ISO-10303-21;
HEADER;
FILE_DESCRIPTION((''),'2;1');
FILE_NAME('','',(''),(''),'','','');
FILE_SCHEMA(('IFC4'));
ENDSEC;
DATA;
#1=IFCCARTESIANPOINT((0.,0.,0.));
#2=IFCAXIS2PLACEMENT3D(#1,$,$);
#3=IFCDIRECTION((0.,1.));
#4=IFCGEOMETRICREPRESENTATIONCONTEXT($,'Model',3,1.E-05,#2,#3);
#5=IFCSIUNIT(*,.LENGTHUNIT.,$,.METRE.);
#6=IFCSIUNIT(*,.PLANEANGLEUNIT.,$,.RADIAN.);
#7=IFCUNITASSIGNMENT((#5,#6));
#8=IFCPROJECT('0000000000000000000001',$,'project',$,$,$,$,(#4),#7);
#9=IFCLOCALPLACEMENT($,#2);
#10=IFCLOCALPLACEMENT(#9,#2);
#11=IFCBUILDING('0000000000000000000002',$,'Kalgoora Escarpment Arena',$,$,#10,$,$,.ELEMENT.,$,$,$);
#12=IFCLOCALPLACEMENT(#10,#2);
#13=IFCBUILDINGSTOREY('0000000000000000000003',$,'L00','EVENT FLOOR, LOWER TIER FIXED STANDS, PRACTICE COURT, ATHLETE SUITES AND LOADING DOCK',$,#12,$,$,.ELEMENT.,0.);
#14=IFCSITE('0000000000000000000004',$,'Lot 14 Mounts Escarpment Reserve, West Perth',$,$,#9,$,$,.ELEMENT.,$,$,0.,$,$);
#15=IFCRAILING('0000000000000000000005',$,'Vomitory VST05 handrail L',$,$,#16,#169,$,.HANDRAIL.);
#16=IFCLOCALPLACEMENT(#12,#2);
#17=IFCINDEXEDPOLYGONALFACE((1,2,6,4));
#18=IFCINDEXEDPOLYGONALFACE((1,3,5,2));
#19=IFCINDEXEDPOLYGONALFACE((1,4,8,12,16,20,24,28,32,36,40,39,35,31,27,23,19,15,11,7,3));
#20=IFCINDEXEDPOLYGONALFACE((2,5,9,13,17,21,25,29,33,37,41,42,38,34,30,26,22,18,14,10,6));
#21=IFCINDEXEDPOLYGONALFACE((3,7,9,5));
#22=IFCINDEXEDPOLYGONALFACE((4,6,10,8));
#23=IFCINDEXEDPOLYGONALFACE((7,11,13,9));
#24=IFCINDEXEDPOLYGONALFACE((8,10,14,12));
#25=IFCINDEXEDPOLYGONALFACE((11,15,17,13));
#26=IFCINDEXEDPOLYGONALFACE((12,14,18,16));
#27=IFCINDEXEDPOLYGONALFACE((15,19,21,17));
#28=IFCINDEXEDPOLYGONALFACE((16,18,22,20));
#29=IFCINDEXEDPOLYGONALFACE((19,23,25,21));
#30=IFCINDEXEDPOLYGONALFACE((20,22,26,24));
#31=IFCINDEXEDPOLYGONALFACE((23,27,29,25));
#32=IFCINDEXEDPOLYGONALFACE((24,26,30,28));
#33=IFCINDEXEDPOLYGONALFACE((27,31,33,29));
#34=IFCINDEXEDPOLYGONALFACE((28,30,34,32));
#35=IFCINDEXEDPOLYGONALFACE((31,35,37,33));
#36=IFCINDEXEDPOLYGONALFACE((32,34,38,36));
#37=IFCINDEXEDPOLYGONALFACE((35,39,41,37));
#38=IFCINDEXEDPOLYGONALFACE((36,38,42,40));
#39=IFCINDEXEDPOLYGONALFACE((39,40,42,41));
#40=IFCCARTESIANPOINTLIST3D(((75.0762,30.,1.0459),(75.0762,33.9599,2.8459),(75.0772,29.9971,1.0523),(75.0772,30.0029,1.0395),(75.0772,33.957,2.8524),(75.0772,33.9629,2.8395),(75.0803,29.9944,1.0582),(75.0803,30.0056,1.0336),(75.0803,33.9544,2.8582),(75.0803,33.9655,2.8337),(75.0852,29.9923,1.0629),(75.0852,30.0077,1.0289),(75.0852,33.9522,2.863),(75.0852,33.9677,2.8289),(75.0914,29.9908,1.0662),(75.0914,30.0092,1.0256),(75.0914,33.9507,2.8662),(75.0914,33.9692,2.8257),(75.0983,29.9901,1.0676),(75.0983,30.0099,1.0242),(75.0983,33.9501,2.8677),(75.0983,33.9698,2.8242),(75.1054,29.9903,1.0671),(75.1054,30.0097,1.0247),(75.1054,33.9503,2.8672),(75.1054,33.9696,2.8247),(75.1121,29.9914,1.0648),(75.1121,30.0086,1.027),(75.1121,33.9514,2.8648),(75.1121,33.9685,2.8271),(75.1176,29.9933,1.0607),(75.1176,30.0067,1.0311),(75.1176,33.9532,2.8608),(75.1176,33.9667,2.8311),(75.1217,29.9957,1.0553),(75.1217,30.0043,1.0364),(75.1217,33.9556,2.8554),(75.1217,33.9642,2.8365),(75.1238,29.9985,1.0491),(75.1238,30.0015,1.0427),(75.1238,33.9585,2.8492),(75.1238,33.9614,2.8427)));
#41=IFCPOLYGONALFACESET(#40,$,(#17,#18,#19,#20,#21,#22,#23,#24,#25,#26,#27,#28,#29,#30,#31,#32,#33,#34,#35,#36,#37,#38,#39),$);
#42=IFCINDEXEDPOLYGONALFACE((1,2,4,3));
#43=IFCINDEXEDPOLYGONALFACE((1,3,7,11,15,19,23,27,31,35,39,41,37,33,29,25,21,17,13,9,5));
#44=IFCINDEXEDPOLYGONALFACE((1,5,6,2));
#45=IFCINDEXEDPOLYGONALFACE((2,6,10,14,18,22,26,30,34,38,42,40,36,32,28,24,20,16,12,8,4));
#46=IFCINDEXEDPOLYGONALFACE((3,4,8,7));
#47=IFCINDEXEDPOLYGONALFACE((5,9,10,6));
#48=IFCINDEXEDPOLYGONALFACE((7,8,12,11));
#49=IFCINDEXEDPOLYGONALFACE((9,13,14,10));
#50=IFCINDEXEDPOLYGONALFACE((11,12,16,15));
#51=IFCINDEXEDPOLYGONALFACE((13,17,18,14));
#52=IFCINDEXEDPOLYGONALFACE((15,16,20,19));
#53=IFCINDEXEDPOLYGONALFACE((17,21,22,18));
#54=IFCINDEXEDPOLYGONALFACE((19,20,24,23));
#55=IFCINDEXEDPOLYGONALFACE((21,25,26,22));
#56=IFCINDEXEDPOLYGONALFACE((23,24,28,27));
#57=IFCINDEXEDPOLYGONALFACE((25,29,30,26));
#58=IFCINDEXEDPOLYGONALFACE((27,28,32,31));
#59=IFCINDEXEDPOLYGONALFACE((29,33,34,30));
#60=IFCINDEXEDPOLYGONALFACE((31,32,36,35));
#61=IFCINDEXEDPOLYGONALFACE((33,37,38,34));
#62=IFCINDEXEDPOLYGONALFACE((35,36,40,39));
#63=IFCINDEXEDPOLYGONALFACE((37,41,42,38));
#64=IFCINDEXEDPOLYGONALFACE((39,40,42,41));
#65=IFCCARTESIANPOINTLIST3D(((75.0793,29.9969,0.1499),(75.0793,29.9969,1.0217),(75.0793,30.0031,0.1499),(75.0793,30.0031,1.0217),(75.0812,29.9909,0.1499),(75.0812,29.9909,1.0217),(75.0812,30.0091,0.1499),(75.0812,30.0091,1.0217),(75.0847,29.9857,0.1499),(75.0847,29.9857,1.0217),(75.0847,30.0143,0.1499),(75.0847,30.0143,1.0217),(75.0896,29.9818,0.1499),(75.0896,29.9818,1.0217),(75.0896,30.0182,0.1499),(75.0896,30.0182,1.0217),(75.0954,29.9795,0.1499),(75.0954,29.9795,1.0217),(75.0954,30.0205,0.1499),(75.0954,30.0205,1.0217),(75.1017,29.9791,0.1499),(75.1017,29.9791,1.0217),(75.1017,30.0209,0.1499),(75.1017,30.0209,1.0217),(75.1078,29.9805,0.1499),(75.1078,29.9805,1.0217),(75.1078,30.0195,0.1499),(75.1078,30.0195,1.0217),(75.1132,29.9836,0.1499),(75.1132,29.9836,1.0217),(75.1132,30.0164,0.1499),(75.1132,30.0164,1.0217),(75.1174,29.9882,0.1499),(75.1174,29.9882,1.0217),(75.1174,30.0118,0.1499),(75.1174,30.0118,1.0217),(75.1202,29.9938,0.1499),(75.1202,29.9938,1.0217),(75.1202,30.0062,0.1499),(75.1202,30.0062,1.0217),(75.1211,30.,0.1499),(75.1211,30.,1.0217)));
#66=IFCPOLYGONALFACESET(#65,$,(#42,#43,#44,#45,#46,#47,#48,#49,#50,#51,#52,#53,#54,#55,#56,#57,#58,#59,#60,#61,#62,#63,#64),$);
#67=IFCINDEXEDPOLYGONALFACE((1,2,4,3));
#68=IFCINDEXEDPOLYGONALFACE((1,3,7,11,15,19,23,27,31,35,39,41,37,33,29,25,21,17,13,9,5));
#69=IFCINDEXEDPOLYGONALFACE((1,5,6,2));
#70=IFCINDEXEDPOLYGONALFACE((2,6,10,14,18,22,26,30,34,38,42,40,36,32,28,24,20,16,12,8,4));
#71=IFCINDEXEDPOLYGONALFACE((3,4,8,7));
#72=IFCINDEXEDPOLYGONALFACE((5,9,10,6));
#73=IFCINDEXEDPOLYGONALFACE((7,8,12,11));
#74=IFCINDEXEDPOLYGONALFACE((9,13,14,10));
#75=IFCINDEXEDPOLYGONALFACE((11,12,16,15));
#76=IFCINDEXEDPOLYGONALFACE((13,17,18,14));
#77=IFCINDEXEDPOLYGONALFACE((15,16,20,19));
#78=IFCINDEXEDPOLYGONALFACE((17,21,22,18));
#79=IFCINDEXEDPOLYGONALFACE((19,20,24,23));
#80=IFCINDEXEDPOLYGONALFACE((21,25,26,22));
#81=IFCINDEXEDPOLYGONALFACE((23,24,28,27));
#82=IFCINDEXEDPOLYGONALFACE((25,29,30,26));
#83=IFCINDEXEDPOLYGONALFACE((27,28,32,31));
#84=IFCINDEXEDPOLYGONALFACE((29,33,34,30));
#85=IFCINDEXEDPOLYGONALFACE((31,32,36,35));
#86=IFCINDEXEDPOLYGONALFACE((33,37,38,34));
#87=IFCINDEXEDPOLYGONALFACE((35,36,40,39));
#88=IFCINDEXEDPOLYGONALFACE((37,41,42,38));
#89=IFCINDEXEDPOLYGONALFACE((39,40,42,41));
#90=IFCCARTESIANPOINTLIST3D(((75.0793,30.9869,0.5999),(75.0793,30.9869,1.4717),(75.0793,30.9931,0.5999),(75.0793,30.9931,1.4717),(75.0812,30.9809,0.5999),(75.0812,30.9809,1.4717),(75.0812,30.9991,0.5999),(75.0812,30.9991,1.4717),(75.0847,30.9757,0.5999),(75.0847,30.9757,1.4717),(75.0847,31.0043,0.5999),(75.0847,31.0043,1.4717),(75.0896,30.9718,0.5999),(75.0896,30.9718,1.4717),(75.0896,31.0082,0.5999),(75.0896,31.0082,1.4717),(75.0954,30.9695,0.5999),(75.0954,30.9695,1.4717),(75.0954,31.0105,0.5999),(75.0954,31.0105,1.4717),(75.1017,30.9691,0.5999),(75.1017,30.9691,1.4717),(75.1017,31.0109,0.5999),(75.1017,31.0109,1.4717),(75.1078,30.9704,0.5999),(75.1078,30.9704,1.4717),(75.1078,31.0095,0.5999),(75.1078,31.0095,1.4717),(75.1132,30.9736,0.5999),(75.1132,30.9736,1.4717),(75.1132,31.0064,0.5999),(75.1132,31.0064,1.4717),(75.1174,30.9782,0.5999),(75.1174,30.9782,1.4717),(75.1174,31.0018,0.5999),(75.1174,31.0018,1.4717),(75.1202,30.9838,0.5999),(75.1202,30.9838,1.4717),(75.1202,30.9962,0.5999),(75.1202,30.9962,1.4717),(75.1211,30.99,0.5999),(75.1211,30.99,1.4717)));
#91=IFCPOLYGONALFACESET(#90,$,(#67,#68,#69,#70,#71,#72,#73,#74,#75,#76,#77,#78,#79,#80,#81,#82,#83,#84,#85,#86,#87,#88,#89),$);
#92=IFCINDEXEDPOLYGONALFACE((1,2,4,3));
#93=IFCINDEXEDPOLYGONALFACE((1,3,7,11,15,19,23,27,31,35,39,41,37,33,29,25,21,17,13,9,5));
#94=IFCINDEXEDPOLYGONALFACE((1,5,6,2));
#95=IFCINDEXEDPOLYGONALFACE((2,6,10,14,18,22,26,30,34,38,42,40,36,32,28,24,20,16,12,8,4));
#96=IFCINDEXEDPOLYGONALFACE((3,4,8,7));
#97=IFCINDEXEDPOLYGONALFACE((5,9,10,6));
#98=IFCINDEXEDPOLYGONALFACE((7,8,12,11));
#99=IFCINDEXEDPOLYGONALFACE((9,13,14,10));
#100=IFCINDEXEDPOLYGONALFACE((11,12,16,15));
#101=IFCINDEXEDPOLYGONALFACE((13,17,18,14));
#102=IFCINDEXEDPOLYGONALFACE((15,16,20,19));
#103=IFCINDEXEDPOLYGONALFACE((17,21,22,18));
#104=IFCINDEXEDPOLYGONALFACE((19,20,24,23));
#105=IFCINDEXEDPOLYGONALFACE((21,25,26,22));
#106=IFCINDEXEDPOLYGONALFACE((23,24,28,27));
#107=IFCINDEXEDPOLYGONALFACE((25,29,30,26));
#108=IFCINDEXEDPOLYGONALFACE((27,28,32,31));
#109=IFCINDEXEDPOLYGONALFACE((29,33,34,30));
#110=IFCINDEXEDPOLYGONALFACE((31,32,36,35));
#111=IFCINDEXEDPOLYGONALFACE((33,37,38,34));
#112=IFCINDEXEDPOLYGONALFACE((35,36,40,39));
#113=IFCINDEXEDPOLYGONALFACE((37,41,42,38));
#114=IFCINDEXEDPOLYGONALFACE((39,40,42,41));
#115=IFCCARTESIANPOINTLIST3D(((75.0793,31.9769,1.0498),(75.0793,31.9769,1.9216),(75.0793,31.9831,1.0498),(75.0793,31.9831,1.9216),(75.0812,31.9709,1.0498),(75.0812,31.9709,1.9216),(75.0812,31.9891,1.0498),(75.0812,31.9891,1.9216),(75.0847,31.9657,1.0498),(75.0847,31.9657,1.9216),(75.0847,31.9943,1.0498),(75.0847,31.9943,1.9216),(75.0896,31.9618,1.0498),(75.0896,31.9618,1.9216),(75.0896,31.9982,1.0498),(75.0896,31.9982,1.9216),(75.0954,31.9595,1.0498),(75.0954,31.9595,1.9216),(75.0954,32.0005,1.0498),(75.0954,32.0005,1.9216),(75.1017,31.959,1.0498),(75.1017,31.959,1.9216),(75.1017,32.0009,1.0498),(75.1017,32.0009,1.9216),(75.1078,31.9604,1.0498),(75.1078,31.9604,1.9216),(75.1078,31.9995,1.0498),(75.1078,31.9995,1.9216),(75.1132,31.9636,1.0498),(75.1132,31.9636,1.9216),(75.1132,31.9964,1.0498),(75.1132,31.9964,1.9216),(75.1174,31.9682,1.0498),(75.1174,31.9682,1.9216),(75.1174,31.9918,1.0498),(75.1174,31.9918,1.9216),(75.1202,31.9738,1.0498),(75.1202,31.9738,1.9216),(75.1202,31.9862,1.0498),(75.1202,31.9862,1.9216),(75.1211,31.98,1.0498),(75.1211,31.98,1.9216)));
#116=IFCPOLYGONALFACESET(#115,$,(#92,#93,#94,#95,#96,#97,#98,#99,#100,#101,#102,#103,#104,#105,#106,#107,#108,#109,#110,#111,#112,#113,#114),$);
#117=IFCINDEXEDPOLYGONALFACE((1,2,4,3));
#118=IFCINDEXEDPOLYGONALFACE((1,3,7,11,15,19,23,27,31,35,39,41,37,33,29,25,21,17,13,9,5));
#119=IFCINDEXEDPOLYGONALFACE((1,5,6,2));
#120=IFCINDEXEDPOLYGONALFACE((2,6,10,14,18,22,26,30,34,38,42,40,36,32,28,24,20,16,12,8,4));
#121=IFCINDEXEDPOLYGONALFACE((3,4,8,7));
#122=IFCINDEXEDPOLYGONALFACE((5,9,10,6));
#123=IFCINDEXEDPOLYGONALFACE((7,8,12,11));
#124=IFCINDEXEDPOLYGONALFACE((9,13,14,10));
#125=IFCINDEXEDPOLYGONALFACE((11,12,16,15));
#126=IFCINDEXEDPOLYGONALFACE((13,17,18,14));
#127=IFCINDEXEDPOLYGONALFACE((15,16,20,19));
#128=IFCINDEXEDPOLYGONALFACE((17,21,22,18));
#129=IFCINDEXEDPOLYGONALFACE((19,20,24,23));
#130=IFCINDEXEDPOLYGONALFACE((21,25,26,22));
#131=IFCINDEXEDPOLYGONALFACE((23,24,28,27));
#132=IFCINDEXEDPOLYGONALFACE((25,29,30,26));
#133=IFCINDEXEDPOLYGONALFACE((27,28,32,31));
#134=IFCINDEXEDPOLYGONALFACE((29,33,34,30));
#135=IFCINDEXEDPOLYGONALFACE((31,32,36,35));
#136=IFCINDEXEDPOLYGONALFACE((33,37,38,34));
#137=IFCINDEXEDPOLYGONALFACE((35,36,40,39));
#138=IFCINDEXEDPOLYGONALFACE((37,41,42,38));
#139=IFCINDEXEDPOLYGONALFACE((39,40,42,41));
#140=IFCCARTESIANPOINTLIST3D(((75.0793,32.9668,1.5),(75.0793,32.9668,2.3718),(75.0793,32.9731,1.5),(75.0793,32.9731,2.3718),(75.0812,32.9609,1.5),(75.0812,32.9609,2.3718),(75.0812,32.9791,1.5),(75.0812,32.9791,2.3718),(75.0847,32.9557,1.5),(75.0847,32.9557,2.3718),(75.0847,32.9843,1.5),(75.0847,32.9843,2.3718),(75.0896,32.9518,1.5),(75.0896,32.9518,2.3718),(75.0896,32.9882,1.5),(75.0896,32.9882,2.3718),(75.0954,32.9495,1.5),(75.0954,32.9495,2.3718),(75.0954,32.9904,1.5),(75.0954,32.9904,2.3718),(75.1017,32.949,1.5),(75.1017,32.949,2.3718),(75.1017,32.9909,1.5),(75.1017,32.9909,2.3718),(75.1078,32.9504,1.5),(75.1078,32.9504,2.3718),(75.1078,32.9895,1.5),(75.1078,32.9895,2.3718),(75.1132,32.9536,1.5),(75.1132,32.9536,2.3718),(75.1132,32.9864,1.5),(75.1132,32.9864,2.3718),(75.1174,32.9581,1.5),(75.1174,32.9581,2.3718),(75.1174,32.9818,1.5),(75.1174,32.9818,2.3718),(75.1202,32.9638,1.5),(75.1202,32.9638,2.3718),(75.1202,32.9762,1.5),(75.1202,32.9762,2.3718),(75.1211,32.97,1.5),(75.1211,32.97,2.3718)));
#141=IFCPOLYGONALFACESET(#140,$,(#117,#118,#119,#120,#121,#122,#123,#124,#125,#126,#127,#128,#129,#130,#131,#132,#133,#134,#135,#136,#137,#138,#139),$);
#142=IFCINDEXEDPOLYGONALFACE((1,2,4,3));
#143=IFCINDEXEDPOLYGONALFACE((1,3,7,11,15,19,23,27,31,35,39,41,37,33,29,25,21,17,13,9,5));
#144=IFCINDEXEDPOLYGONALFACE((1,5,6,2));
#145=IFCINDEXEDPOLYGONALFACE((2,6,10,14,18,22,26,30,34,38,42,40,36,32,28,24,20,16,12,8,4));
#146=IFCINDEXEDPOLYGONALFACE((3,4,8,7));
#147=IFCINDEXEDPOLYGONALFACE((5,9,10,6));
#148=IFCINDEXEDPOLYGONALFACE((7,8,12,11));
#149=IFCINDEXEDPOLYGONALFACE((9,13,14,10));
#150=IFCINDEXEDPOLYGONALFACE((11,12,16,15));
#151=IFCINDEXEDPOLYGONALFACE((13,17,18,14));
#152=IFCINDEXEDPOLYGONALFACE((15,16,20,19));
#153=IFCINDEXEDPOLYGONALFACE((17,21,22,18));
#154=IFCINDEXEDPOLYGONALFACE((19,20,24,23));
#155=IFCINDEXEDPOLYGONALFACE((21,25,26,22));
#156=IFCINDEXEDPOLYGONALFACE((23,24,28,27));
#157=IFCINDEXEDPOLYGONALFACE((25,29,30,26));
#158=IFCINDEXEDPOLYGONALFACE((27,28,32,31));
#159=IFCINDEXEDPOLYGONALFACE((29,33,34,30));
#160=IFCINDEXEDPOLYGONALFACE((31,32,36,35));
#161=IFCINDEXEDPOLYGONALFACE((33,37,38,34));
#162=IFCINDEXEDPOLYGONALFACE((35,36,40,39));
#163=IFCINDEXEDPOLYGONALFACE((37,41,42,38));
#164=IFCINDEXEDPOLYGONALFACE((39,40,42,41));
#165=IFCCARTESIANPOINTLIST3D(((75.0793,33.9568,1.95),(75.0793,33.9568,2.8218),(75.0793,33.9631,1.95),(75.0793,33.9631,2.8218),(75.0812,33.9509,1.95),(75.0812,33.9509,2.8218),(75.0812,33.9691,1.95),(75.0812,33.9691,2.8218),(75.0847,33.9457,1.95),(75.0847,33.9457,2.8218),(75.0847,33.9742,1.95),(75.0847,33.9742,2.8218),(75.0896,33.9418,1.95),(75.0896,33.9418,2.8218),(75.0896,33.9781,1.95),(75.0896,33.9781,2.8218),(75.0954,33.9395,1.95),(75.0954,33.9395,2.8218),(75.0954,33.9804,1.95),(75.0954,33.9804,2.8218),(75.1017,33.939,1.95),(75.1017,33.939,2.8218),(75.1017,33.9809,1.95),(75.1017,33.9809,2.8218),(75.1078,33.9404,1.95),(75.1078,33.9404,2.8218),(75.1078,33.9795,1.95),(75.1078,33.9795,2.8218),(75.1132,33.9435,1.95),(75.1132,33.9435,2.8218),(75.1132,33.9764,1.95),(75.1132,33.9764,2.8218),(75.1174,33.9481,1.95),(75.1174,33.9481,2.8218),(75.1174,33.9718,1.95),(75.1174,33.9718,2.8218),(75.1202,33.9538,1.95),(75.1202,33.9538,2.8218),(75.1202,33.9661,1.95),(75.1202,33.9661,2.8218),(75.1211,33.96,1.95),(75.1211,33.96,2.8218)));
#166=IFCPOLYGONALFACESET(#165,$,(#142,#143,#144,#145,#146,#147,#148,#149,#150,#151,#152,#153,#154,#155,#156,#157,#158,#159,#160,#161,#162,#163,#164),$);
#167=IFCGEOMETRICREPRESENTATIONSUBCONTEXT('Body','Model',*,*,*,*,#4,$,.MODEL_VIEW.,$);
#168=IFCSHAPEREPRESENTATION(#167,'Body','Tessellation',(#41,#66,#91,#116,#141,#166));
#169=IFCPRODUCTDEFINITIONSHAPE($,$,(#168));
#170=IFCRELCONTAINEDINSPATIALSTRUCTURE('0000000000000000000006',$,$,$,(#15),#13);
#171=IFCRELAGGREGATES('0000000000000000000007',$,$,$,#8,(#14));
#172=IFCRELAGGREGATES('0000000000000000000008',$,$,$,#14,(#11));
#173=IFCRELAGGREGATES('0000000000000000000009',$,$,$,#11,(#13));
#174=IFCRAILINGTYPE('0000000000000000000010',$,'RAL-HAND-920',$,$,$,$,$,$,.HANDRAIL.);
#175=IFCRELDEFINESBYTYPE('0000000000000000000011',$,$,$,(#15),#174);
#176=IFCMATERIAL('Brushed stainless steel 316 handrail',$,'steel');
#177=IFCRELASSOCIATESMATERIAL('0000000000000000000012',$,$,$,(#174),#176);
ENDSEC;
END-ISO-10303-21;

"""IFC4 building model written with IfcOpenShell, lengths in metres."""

from ifc_helpers import new_model, si_unit, direction, frame, origin, origin_2d, place, context, subcontext, project, spatial, circle, extrude, material, type_object, element, save


model = new_model("IFC4")

# Units and contexts
model_context = context("Model", 3, precision=1e-05, world=origin(), true_north=direction((0.0, 1.0)))
body_context = subcontext(model_context, "Body", "Model", "MODEL_VIEW")
ifc_project = project(units=[si_unit("LENGTHUNIT", "METRE"), si_unit("PLANEANGLEUNIT", "RADIAN")], contexts=[model_context])

# Site, building, storey
site_placement = place(None, origin())
site = spatial("IfcSite", under=ifc_project, at=site_placement, Name="Lot 14 Mounts Escarpment Reserve, West Perth", CompositionType="ELEMENT", RefElevation=0.0)
building_placement = place(site_placement, origin())
building = spatial("IfcBuilding", under=site, at=building_placement, Name="Kalgoora Escarpment Arena", CompositionType="ELEMENT")
storey_placement = place(building_placement, origin())
storey = spatial("IfcBuildingStorey", under=building, at=storey_placement, Name="L00", Description="EVENT FLOOR, LOWER TIER FIXED STANDS, PRACTICE COURT, ATHLETE SUITES AND LOADING DOCK", CompositionType="ELEMENT", Elevation=0.0)

# Railing
ifc_material_1 = material(Name="Brushed stainless steel 316 handrail", Category="steel")
railing_type_1 = type_object("IfcRailingType", Name="RAL-HAND-920", PredefinedType="HANDRAIL", material=ifc_material_1)
for number, where, name in (
    (1, (75.1001, 30.0, 0.1499), "Vomitory VST05 handrail L"),
):
    element("IfcRailing", number, at=place(storey_placement, frame(where)), inside=storey, type_object=railing_type_1, Name=name, PredefinedType="HANDRAIL", context=body_context, shape_type="SweptSolid", body=[
        extrude(circle(Radius=0.0239, at=origin_2d()), frame((0.0, 0.0, 0.896), z_axis=(0.0, 0.910361, 0.413816), x_axis=(-1.0, 0.0, 0.0)), (0.0, 0.0, 1.0), 4.3499),
        extrude(circle(Radius=0.021, at=origin_2d()), origin(), (0.0, 0.0, 1.0), 0.8718),
        extrude(circle(Radius=0.021, at=origin_2d()), frame((0.0, 0.99, 0.45)), (0.0, 0.0, 1.0), 0.8718),
        extrude(circle(Radius=0.021, at=origin_2d()), frame((0.0, 1.98, 0.8999)), (0.0, 0.0, 1.0), 0.8718),
        extrude(circle(Radius=0.021, at=origin_2d()), frame((0.0, 2.97, 1.3501)), (0.0, 0.0, 1.0), 0.8718),
        extrude(circle(Radius=0.021, at=origin_2d()), frame((0.0, 3.96, 1.8)), (0.0, 0.0, 1.0), 0.8718),
    ])

save(model, "model.ifc")
